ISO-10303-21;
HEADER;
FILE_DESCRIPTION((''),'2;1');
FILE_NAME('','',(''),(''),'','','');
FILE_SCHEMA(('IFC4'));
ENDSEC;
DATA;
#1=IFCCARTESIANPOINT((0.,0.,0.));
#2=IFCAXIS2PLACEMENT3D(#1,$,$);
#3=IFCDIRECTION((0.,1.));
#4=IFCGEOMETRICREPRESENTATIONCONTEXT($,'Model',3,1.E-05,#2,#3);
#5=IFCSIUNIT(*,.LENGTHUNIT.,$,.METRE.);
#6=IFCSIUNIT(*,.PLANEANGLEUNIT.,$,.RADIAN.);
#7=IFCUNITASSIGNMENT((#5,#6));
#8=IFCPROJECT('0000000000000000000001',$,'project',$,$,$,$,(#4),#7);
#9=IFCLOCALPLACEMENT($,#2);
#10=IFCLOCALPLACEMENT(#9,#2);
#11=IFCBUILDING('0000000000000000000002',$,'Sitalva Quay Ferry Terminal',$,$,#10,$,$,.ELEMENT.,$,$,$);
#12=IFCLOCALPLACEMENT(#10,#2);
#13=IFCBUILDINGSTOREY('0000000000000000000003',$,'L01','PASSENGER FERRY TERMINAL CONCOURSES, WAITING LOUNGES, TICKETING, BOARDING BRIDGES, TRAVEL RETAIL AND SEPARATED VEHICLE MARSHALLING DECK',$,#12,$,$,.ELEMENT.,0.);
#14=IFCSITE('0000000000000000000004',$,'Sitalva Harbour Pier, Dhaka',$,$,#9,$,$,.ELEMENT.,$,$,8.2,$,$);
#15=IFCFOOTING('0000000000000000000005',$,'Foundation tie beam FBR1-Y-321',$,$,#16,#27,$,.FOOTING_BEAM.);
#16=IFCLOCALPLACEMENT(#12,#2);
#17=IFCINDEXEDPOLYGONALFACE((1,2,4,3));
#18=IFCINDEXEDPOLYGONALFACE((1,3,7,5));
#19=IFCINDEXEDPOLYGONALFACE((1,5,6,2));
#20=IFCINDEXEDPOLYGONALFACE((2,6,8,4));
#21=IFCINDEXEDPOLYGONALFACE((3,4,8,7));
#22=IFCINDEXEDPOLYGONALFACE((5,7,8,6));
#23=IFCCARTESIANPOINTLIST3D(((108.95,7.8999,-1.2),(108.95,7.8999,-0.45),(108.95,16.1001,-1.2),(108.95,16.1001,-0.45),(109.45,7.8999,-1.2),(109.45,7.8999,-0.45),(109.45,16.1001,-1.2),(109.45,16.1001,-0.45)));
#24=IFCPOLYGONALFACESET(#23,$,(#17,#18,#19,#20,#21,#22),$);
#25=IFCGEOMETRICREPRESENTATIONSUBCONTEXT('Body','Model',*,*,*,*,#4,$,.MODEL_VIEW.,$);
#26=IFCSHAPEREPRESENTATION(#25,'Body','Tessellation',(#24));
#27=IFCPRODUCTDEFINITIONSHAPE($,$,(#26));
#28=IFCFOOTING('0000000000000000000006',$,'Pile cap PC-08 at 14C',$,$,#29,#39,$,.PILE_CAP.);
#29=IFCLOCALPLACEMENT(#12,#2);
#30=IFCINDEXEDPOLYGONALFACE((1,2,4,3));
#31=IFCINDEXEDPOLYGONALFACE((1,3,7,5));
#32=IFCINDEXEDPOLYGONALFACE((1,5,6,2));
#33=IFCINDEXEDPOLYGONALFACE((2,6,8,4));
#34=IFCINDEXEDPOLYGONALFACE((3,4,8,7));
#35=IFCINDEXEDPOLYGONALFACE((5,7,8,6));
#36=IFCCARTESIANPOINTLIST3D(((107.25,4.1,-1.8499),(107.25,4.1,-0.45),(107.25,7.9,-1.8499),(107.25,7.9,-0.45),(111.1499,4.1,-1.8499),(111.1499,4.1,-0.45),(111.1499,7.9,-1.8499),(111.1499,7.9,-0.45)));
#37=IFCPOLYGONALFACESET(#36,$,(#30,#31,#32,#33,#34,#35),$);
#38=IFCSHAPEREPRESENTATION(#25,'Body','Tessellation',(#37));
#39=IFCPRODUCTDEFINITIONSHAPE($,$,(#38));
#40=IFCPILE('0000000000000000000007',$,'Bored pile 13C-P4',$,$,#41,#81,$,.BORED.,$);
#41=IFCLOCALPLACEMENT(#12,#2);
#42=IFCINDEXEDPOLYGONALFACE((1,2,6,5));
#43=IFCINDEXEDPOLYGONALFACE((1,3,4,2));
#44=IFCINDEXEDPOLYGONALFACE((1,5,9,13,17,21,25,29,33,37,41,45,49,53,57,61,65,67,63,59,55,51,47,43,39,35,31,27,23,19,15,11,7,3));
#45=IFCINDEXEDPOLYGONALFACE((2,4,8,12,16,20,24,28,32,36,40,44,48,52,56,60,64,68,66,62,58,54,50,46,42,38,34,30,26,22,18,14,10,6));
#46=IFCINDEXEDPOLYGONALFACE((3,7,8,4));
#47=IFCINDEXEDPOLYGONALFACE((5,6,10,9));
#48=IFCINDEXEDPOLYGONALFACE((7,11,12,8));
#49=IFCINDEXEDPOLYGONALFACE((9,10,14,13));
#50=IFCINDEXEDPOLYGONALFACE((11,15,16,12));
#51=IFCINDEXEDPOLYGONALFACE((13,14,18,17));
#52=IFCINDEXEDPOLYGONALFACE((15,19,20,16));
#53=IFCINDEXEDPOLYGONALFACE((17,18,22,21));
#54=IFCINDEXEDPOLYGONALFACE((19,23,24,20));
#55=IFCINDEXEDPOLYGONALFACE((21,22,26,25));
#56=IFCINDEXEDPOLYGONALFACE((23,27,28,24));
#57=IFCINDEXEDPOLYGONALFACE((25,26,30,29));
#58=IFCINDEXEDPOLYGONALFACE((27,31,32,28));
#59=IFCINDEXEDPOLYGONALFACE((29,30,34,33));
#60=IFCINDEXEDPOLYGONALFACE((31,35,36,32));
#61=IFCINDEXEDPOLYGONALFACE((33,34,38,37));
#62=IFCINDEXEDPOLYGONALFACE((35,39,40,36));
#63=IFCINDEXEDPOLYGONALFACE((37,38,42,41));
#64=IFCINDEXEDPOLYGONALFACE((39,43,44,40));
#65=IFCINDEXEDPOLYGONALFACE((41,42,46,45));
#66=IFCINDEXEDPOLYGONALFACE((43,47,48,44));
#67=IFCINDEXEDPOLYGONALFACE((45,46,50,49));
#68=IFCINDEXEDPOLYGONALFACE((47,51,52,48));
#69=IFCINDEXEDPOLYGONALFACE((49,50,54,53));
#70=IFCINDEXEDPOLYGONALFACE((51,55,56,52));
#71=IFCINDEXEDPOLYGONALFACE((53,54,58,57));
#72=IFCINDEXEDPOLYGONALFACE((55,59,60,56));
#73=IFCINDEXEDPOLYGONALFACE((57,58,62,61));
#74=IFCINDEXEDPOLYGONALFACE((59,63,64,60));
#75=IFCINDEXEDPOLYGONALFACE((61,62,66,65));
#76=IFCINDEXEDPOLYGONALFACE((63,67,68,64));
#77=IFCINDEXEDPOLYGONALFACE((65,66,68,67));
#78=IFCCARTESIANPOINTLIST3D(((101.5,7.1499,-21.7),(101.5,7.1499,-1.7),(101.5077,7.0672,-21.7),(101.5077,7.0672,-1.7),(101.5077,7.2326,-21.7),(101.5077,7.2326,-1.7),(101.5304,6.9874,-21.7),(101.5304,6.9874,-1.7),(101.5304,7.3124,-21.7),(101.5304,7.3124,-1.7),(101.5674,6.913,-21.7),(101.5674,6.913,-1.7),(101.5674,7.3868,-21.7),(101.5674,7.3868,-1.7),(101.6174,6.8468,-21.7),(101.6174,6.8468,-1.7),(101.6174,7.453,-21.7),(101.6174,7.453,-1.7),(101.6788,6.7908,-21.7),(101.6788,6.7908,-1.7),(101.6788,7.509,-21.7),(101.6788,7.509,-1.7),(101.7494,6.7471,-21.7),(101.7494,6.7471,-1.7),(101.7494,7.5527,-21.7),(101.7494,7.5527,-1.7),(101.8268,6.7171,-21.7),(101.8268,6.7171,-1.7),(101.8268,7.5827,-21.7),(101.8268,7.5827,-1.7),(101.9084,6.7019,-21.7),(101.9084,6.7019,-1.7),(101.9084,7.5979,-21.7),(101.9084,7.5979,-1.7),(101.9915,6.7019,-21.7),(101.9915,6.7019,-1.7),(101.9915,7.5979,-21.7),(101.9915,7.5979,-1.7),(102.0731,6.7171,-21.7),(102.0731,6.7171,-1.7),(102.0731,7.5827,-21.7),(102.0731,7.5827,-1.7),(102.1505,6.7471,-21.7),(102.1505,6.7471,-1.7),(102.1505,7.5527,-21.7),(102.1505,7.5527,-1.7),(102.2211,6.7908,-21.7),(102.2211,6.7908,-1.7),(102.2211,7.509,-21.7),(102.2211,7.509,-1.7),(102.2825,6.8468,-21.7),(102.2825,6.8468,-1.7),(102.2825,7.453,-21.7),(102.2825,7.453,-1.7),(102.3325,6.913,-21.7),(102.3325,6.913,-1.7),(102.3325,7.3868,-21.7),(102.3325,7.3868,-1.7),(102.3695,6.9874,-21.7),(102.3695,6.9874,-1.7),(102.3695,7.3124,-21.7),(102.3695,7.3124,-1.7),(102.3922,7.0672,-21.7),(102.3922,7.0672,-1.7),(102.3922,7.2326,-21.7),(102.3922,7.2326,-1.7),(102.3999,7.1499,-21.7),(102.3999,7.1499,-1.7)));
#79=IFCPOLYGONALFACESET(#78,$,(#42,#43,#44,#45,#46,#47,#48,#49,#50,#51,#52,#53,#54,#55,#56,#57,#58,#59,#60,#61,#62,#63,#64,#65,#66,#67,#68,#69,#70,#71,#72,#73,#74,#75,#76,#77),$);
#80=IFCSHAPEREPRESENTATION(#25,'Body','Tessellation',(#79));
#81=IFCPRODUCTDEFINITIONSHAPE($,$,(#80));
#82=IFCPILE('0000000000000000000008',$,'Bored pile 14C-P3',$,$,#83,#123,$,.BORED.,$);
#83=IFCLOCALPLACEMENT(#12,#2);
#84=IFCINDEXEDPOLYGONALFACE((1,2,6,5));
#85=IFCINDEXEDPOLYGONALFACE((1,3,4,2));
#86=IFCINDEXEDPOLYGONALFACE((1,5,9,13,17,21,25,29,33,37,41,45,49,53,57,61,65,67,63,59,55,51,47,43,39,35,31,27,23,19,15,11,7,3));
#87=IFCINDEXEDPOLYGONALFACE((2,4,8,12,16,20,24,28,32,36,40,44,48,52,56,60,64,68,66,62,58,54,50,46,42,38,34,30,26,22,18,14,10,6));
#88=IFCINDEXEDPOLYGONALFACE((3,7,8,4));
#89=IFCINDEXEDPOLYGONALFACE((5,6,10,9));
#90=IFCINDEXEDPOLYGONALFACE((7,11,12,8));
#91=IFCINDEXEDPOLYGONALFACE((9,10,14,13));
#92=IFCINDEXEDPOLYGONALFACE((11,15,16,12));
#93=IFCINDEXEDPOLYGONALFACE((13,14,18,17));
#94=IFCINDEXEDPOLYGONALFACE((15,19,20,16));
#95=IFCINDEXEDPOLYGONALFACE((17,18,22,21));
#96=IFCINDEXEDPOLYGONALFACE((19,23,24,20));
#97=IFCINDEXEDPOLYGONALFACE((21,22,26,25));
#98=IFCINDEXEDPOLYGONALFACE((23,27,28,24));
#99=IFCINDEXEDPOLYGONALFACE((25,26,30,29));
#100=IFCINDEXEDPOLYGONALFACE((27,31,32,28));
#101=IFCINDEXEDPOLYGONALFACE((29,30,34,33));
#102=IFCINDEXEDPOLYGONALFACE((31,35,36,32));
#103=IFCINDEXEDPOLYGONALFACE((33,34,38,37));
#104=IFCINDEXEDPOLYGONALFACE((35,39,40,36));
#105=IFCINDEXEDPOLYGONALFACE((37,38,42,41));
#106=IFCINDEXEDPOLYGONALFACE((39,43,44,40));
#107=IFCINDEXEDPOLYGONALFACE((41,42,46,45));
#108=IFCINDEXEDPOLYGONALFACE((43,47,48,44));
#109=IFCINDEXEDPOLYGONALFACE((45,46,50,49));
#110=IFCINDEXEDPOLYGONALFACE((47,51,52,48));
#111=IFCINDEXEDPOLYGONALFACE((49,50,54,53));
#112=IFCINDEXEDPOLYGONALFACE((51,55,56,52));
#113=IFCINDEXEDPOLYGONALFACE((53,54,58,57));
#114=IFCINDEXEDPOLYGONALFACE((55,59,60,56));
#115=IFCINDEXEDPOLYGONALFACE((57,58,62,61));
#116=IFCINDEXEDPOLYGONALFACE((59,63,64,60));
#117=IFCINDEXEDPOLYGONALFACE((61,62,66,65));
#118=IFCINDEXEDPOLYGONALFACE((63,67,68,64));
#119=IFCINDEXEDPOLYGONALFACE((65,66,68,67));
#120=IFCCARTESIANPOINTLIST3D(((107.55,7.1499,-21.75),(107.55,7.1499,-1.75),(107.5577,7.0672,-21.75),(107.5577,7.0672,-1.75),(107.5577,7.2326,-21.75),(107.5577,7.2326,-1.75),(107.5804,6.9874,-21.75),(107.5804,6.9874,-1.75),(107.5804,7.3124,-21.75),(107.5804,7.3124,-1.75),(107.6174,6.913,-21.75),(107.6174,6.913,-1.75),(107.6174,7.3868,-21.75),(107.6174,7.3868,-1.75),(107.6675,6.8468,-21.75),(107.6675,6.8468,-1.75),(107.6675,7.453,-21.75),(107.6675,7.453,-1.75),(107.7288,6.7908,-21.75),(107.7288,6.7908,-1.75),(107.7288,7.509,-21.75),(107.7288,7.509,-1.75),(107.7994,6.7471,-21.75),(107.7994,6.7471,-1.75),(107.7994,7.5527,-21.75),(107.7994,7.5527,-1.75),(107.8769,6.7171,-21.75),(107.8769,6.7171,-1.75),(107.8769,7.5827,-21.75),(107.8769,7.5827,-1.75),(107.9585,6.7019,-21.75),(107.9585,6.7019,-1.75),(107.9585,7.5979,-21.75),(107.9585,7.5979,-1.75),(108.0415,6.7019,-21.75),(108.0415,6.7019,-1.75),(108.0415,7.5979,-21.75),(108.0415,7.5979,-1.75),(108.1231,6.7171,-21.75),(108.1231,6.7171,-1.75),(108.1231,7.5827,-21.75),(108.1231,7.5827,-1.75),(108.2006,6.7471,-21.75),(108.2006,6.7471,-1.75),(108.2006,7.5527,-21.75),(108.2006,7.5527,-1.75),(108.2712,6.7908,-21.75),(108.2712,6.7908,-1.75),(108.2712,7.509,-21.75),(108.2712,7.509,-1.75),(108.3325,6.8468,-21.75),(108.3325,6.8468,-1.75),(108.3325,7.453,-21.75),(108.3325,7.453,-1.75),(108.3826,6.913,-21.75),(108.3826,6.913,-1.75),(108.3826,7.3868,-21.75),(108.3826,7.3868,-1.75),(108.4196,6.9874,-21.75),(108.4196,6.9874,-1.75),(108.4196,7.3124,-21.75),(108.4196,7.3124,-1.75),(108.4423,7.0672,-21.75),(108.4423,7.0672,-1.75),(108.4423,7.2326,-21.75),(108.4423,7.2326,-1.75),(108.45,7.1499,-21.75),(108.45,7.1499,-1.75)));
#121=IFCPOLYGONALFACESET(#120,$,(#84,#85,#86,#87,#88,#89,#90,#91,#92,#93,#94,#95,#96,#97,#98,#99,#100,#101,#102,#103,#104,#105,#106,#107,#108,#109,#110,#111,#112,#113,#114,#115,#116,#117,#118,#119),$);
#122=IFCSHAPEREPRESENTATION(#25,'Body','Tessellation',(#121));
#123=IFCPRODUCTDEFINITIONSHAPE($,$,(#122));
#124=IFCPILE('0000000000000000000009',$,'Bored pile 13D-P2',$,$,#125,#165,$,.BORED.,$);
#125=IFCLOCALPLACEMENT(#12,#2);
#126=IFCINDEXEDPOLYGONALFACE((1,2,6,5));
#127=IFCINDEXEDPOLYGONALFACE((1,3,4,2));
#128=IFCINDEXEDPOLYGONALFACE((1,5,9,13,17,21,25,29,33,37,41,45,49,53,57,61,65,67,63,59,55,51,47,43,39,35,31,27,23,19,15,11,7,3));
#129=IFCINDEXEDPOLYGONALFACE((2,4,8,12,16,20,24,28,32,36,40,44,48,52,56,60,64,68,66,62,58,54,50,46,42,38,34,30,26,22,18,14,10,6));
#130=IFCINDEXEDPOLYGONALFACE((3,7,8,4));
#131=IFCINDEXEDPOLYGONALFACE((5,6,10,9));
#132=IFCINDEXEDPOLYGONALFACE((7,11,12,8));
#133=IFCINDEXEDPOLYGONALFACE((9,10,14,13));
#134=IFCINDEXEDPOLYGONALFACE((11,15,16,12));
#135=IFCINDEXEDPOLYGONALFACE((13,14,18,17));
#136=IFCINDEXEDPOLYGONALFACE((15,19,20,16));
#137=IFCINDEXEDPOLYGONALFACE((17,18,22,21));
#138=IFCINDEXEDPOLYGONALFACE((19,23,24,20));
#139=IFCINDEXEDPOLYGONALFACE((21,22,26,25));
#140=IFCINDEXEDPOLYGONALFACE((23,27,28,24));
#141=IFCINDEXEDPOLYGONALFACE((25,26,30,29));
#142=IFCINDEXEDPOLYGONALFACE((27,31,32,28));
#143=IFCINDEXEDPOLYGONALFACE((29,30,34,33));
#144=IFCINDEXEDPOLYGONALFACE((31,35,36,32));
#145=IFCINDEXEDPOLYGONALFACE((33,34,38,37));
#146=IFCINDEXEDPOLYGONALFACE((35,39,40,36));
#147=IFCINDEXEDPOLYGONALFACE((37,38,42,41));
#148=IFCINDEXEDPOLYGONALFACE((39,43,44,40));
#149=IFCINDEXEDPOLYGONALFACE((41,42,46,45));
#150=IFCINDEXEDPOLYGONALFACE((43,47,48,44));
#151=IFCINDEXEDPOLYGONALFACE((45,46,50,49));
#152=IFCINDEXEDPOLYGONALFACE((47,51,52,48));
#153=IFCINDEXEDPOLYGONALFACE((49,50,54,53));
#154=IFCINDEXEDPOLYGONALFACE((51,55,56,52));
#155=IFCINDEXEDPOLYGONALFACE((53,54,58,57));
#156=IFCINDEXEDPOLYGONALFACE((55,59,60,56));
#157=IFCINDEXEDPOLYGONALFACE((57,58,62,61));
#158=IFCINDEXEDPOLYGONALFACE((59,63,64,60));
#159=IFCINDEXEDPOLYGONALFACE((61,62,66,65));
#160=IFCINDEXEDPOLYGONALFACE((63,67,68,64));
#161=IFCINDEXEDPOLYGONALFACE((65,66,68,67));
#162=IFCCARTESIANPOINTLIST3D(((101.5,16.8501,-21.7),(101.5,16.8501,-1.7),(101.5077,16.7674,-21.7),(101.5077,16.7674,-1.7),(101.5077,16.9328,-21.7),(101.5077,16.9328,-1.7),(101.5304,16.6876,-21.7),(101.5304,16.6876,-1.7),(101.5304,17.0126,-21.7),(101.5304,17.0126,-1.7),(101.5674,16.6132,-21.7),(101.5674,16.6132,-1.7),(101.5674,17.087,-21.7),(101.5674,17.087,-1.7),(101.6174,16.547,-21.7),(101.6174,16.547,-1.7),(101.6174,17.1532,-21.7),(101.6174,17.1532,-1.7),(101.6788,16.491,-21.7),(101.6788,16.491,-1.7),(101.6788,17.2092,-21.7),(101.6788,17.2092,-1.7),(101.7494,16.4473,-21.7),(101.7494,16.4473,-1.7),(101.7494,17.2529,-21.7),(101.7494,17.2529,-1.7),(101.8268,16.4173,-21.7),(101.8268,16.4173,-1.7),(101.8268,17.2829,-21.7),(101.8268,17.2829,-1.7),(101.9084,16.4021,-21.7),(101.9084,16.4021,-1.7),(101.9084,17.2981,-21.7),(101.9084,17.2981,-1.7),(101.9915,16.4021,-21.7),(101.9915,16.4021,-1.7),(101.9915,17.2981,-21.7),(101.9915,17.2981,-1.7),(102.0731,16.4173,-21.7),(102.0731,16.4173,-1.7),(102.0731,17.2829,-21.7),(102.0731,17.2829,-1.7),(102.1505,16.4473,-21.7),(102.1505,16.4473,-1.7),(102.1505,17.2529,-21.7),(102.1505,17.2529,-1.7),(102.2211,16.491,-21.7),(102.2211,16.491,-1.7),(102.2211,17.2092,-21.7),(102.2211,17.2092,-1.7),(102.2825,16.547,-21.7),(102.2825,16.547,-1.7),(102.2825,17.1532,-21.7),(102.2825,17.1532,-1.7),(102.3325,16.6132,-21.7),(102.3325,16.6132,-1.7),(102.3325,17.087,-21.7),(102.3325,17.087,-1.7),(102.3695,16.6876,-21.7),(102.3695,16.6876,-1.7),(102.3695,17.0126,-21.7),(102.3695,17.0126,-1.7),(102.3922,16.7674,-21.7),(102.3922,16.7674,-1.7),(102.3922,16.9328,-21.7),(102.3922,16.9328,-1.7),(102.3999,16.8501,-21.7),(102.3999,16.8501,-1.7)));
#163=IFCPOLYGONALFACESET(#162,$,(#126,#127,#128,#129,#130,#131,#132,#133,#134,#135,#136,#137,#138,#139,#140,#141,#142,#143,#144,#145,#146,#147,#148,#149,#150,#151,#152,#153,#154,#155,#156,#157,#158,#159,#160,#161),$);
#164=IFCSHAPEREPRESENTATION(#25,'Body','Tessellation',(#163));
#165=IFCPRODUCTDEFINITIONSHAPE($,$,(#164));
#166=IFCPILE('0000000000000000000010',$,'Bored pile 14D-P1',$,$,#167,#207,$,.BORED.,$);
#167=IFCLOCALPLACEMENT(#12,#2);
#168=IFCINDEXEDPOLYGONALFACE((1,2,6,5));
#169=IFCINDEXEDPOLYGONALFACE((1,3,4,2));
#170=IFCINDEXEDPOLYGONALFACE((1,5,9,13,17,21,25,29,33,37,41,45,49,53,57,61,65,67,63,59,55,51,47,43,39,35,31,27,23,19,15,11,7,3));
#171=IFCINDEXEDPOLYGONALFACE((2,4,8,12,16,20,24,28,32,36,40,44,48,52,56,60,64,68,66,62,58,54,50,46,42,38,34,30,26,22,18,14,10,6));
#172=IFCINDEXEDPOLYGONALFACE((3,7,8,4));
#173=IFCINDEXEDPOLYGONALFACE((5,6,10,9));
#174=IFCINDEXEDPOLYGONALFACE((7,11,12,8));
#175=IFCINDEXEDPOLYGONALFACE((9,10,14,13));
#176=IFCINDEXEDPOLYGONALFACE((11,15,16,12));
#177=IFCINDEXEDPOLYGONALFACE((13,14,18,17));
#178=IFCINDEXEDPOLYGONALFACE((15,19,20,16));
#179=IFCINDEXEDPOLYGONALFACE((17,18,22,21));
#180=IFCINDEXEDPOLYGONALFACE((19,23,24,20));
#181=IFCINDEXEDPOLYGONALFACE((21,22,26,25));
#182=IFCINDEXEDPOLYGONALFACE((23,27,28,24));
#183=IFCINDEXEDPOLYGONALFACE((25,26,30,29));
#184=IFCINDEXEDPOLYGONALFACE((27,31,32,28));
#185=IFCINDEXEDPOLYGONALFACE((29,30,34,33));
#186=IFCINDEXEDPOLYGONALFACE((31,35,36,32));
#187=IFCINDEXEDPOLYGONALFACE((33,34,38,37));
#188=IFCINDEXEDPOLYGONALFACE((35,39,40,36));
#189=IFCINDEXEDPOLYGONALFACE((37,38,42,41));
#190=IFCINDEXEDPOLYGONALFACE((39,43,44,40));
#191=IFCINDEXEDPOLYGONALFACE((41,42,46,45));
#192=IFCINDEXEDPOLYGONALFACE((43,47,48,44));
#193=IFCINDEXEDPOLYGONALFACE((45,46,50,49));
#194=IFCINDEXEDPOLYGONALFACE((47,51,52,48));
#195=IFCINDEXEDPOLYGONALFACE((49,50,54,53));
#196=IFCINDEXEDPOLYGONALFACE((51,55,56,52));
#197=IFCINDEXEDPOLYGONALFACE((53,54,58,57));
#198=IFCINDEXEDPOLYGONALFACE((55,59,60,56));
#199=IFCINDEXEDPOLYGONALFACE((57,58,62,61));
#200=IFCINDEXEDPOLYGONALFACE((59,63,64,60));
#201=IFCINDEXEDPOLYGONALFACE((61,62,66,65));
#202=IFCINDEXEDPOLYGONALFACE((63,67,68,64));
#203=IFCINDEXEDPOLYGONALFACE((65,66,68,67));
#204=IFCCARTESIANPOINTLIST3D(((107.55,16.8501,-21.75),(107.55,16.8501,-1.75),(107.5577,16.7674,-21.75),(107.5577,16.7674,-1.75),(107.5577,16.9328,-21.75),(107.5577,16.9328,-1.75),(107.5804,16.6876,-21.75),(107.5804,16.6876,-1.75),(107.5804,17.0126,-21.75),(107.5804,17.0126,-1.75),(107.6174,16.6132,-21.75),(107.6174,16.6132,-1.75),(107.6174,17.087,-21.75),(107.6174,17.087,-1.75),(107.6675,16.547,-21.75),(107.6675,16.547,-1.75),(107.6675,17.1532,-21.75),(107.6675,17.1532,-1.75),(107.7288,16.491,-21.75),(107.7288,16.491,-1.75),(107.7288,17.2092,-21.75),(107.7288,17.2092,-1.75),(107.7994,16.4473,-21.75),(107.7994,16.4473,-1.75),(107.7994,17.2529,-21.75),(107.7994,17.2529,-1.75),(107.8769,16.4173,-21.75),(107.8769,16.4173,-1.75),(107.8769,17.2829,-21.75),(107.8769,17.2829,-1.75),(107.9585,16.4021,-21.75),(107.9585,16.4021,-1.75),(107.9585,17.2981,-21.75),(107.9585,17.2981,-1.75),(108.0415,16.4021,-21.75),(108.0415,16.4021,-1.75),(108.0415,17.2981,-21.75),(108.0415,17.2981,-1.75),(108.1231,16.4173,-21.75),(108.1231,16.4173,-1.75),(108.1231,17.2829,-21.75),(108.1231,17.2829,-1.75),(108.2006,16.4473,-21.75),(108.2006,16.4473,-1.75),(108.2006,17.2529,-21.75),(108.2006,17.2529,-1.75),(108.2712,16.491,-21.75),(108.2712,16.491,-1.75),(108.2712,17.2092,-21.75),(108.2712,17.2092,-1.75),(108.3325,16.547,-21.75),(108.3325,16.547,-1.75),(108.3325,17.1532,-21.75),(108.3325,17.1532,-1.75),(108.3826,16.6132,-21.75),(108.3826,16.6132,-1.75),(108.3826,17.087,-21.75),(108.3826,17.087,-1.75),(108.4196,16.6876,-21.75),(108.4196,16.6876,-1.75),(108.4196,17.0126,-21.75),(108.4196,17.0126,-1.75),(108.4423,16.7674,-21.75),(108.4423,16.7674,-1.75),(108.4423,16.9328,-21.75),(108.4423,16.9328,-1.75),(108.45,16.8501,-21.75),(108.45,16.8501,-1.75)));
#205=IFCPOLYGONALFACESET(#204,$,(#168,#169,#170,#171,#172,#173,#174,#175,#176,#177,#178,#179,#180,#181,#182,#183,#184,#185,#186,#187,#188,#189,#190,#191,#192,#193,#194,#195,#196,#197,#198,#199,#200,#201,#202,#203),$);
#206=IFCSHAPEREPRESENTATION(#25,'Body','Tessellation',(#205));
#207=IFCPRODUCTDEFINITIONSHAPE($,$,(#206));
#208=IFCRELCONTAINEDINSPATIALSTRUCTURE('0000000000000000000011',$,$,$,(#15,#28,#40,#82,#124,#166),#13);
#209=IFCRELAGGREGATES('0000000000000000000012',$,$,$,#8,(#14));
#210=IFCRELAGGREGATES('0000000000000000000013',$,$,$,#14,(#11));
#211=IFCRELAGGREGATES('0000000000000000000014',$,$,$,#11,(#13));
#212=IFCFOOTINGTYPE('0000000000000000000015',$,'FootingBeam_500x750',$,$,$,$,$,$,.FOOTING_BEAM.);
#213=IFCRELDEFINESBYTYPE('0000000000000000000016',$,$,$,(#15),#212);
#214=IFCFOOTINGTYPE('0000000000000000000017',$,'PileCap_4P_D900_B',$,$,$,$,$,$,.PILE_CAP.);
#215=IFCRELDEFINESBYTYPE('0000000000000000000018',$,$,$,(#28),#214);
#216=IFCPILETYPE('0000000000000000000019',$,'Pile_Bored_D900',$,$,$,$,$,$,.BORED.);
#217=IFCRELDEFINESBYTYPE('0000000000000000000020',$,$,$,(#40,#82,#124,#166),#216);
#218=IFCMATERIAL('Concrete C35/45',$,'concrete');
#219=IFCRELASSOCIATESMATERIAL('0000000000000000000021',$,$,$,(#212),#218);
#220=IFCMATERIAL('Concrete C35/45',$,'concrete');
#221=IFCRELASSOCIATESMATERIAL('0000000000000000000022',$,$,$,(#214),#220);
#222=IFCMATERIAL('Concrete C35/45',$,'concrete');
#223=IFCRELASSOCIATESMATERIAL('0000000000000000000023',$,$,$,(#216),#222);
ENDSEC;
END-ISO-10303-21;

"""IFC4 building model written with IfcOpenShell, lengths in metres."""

from ifc_helpers import new_model, si_unit, direction, frame, origin, origin_2d, place, context, subcontext, project, spatial, rectangle, circle, extrude, material, material_profile, profile_set, type_object, element, save


model = new_model("IFC4")

# Units and contexts
model_context = context("Model", 3, precision=1e-05, world=origin(), true_north=direction((0.0, 1.0)))
body_context = subcontext(model_context, "Body", "Model", "MODEL_VIEW")
ifc_project = project(units=[si_unit("LENGTHUNIT", "METRE"), si_unit("PLANEANGLEUNIT", "RADIAN")], contexts=[model_context])

# Site, building, storey
site_placement = place(None, origin())
site = spatial("IfcSite", under=ifc_project, at=site_placement, Name="Sitalva Harbour Pier, Dhaka", CompositionType="ELEMENT", RefElevation=8.2)
building_placement = place(site_placement, origin())
building = spatial("IfcBuilding", under=site, at=building_placement, Name="Sitalva Quay Ferry Terminal", CompositionType="ELEMENT")
storey_placement = place(building_placement, origin())
storey = spatial("IfcBuildingStorey", under=building, at=storey_placement, Name="L01", Description="PASSENGER FERRY TERMINAL CONCOURSES, WAITING LOUNGES, TICKETING, BOARDING BRIDGES, TRAVEL RETAIL AND SEPARATED VEHICLE MARSHALLING DECK", CompositionType="ELEMENT", Elevation=0.0)

# Footings
ifc_material_1 = material(Name="Concrete C35/45", Category="concrete")
ifc_material_profile_1 = material_profile(ifc_material_1, rectangle(XDim=0.5, YDim=0.75, at=origin_2d()), Name="RC500x750")
ifc_profile_set_1 = profile_set([ifc_material_profile_1], Name="Concrete C35/45")
footing_type_1 = type_object("IfcFootingType", Name="FootingBeam_500x750", PredefinedType="FOOTING_BEAM", material=ifc_profile_set_1)
footing_1_placement = place(storey_placement, frame((109.2, 7.8999, -0.825), z_axis=(0.0, 1.0, 0.0), x_axis=(-1.0, 0.0, 0.0)))
element("IfcFooting", 1, at=footing_1_placement, inside=storey, type_object=footing_type_1, Name="Foundation tie beam FBR1-Y-321", PredefinedType="FOOTING_BEAM", context=body_context, shape_type="SweptSolid", body=[
    extrude(rectangle(XDim=0.5, YDim=0.75, at=origin_2d()), origin(), (0.0, 0.0, 1.0), 8.2002),
])
ifc_material_2 = material(Name="Concrete C35/45", Category="concrete")
footing_type_2 = type_object("IfcFootingType", Name="PileCap_4P_D900_B", PredefinedType="PILE_CAP", material=ifc_material_2)
footing_2_placement = place(storey_placement, frame((109.2, 6.0, -1.8499), z_axis=(0.0, 0.0, 1.0), x_axis=(1.0, 0.0, 0.0)))
element("IfcFooting", 2, at=footing_2_placement, inside=storey, type_object=footing_type_2, Name="Pile cap PC-08 at 14C", PredefinedType="PILE_CAP", context=body_context, shape_type="SweptSolid", body=[
    extrude(rectangle(XDim=3.8999, YDim=3.8, at=origin_2d()), origin(), (0.0, 0.0, 1.0), 1.3999),
])

# Piles
ifc_material_3 = material(Name="Concrete C35/45", Category="concrete")
ifc_material_profile_2 = material_profile(ifc_material_3, circle(Radius=0.45, at=origin_2d()), Name="PILE-D900")
ifc_profile_set_2 = profile_set([ifc_material_profile_2], Name="Concrete C35/45")
pile_type = type_object("IfcPileType", Name="Pile_Bored_D900", PredefinedType="BORED", material=ifc_profile_set_2)
for number, where, z_axis, x_axis, name in (
    (3, (101.95, 7.1499, -1.7), (0.0, 0.0, -1.0), (1.0, 0.0, 0.0), "Bored pile 13C-P4"),
    (4, (108.0, 7.1499, -1.75), (0.0, 0.0, -1.0), (1.0, 0.0, 0.0), "Bored pile 14C-P3"),
    (5, (101.95, 16.8501, -1.7), (0.0, 0.0, -1.0), (1.0, 0.0, 0.0), "Bored pile 13D-P2"),
    (6, (108.0, 16.8501, -1.75), (0.0, 0.0, -1.0), (1.0, 0.0, 0.0), "Bored pile 14D-P1"),
):
    element("IfcPile", number, at=place(storey_placement, frame(where, z_axis=z_axis, x_axis=x_axis)), inside=storey, type_object=pile_type, Name=name, PredefinedType="BORED", context=body_context, shape_type="SweptSolid", body=[
        extrude(circle(Radius=0.45, at=origin_2d()), origin(), (0.0, 0.0, 1.0), 20.0),
    ])

save(model, "model.ifc")
